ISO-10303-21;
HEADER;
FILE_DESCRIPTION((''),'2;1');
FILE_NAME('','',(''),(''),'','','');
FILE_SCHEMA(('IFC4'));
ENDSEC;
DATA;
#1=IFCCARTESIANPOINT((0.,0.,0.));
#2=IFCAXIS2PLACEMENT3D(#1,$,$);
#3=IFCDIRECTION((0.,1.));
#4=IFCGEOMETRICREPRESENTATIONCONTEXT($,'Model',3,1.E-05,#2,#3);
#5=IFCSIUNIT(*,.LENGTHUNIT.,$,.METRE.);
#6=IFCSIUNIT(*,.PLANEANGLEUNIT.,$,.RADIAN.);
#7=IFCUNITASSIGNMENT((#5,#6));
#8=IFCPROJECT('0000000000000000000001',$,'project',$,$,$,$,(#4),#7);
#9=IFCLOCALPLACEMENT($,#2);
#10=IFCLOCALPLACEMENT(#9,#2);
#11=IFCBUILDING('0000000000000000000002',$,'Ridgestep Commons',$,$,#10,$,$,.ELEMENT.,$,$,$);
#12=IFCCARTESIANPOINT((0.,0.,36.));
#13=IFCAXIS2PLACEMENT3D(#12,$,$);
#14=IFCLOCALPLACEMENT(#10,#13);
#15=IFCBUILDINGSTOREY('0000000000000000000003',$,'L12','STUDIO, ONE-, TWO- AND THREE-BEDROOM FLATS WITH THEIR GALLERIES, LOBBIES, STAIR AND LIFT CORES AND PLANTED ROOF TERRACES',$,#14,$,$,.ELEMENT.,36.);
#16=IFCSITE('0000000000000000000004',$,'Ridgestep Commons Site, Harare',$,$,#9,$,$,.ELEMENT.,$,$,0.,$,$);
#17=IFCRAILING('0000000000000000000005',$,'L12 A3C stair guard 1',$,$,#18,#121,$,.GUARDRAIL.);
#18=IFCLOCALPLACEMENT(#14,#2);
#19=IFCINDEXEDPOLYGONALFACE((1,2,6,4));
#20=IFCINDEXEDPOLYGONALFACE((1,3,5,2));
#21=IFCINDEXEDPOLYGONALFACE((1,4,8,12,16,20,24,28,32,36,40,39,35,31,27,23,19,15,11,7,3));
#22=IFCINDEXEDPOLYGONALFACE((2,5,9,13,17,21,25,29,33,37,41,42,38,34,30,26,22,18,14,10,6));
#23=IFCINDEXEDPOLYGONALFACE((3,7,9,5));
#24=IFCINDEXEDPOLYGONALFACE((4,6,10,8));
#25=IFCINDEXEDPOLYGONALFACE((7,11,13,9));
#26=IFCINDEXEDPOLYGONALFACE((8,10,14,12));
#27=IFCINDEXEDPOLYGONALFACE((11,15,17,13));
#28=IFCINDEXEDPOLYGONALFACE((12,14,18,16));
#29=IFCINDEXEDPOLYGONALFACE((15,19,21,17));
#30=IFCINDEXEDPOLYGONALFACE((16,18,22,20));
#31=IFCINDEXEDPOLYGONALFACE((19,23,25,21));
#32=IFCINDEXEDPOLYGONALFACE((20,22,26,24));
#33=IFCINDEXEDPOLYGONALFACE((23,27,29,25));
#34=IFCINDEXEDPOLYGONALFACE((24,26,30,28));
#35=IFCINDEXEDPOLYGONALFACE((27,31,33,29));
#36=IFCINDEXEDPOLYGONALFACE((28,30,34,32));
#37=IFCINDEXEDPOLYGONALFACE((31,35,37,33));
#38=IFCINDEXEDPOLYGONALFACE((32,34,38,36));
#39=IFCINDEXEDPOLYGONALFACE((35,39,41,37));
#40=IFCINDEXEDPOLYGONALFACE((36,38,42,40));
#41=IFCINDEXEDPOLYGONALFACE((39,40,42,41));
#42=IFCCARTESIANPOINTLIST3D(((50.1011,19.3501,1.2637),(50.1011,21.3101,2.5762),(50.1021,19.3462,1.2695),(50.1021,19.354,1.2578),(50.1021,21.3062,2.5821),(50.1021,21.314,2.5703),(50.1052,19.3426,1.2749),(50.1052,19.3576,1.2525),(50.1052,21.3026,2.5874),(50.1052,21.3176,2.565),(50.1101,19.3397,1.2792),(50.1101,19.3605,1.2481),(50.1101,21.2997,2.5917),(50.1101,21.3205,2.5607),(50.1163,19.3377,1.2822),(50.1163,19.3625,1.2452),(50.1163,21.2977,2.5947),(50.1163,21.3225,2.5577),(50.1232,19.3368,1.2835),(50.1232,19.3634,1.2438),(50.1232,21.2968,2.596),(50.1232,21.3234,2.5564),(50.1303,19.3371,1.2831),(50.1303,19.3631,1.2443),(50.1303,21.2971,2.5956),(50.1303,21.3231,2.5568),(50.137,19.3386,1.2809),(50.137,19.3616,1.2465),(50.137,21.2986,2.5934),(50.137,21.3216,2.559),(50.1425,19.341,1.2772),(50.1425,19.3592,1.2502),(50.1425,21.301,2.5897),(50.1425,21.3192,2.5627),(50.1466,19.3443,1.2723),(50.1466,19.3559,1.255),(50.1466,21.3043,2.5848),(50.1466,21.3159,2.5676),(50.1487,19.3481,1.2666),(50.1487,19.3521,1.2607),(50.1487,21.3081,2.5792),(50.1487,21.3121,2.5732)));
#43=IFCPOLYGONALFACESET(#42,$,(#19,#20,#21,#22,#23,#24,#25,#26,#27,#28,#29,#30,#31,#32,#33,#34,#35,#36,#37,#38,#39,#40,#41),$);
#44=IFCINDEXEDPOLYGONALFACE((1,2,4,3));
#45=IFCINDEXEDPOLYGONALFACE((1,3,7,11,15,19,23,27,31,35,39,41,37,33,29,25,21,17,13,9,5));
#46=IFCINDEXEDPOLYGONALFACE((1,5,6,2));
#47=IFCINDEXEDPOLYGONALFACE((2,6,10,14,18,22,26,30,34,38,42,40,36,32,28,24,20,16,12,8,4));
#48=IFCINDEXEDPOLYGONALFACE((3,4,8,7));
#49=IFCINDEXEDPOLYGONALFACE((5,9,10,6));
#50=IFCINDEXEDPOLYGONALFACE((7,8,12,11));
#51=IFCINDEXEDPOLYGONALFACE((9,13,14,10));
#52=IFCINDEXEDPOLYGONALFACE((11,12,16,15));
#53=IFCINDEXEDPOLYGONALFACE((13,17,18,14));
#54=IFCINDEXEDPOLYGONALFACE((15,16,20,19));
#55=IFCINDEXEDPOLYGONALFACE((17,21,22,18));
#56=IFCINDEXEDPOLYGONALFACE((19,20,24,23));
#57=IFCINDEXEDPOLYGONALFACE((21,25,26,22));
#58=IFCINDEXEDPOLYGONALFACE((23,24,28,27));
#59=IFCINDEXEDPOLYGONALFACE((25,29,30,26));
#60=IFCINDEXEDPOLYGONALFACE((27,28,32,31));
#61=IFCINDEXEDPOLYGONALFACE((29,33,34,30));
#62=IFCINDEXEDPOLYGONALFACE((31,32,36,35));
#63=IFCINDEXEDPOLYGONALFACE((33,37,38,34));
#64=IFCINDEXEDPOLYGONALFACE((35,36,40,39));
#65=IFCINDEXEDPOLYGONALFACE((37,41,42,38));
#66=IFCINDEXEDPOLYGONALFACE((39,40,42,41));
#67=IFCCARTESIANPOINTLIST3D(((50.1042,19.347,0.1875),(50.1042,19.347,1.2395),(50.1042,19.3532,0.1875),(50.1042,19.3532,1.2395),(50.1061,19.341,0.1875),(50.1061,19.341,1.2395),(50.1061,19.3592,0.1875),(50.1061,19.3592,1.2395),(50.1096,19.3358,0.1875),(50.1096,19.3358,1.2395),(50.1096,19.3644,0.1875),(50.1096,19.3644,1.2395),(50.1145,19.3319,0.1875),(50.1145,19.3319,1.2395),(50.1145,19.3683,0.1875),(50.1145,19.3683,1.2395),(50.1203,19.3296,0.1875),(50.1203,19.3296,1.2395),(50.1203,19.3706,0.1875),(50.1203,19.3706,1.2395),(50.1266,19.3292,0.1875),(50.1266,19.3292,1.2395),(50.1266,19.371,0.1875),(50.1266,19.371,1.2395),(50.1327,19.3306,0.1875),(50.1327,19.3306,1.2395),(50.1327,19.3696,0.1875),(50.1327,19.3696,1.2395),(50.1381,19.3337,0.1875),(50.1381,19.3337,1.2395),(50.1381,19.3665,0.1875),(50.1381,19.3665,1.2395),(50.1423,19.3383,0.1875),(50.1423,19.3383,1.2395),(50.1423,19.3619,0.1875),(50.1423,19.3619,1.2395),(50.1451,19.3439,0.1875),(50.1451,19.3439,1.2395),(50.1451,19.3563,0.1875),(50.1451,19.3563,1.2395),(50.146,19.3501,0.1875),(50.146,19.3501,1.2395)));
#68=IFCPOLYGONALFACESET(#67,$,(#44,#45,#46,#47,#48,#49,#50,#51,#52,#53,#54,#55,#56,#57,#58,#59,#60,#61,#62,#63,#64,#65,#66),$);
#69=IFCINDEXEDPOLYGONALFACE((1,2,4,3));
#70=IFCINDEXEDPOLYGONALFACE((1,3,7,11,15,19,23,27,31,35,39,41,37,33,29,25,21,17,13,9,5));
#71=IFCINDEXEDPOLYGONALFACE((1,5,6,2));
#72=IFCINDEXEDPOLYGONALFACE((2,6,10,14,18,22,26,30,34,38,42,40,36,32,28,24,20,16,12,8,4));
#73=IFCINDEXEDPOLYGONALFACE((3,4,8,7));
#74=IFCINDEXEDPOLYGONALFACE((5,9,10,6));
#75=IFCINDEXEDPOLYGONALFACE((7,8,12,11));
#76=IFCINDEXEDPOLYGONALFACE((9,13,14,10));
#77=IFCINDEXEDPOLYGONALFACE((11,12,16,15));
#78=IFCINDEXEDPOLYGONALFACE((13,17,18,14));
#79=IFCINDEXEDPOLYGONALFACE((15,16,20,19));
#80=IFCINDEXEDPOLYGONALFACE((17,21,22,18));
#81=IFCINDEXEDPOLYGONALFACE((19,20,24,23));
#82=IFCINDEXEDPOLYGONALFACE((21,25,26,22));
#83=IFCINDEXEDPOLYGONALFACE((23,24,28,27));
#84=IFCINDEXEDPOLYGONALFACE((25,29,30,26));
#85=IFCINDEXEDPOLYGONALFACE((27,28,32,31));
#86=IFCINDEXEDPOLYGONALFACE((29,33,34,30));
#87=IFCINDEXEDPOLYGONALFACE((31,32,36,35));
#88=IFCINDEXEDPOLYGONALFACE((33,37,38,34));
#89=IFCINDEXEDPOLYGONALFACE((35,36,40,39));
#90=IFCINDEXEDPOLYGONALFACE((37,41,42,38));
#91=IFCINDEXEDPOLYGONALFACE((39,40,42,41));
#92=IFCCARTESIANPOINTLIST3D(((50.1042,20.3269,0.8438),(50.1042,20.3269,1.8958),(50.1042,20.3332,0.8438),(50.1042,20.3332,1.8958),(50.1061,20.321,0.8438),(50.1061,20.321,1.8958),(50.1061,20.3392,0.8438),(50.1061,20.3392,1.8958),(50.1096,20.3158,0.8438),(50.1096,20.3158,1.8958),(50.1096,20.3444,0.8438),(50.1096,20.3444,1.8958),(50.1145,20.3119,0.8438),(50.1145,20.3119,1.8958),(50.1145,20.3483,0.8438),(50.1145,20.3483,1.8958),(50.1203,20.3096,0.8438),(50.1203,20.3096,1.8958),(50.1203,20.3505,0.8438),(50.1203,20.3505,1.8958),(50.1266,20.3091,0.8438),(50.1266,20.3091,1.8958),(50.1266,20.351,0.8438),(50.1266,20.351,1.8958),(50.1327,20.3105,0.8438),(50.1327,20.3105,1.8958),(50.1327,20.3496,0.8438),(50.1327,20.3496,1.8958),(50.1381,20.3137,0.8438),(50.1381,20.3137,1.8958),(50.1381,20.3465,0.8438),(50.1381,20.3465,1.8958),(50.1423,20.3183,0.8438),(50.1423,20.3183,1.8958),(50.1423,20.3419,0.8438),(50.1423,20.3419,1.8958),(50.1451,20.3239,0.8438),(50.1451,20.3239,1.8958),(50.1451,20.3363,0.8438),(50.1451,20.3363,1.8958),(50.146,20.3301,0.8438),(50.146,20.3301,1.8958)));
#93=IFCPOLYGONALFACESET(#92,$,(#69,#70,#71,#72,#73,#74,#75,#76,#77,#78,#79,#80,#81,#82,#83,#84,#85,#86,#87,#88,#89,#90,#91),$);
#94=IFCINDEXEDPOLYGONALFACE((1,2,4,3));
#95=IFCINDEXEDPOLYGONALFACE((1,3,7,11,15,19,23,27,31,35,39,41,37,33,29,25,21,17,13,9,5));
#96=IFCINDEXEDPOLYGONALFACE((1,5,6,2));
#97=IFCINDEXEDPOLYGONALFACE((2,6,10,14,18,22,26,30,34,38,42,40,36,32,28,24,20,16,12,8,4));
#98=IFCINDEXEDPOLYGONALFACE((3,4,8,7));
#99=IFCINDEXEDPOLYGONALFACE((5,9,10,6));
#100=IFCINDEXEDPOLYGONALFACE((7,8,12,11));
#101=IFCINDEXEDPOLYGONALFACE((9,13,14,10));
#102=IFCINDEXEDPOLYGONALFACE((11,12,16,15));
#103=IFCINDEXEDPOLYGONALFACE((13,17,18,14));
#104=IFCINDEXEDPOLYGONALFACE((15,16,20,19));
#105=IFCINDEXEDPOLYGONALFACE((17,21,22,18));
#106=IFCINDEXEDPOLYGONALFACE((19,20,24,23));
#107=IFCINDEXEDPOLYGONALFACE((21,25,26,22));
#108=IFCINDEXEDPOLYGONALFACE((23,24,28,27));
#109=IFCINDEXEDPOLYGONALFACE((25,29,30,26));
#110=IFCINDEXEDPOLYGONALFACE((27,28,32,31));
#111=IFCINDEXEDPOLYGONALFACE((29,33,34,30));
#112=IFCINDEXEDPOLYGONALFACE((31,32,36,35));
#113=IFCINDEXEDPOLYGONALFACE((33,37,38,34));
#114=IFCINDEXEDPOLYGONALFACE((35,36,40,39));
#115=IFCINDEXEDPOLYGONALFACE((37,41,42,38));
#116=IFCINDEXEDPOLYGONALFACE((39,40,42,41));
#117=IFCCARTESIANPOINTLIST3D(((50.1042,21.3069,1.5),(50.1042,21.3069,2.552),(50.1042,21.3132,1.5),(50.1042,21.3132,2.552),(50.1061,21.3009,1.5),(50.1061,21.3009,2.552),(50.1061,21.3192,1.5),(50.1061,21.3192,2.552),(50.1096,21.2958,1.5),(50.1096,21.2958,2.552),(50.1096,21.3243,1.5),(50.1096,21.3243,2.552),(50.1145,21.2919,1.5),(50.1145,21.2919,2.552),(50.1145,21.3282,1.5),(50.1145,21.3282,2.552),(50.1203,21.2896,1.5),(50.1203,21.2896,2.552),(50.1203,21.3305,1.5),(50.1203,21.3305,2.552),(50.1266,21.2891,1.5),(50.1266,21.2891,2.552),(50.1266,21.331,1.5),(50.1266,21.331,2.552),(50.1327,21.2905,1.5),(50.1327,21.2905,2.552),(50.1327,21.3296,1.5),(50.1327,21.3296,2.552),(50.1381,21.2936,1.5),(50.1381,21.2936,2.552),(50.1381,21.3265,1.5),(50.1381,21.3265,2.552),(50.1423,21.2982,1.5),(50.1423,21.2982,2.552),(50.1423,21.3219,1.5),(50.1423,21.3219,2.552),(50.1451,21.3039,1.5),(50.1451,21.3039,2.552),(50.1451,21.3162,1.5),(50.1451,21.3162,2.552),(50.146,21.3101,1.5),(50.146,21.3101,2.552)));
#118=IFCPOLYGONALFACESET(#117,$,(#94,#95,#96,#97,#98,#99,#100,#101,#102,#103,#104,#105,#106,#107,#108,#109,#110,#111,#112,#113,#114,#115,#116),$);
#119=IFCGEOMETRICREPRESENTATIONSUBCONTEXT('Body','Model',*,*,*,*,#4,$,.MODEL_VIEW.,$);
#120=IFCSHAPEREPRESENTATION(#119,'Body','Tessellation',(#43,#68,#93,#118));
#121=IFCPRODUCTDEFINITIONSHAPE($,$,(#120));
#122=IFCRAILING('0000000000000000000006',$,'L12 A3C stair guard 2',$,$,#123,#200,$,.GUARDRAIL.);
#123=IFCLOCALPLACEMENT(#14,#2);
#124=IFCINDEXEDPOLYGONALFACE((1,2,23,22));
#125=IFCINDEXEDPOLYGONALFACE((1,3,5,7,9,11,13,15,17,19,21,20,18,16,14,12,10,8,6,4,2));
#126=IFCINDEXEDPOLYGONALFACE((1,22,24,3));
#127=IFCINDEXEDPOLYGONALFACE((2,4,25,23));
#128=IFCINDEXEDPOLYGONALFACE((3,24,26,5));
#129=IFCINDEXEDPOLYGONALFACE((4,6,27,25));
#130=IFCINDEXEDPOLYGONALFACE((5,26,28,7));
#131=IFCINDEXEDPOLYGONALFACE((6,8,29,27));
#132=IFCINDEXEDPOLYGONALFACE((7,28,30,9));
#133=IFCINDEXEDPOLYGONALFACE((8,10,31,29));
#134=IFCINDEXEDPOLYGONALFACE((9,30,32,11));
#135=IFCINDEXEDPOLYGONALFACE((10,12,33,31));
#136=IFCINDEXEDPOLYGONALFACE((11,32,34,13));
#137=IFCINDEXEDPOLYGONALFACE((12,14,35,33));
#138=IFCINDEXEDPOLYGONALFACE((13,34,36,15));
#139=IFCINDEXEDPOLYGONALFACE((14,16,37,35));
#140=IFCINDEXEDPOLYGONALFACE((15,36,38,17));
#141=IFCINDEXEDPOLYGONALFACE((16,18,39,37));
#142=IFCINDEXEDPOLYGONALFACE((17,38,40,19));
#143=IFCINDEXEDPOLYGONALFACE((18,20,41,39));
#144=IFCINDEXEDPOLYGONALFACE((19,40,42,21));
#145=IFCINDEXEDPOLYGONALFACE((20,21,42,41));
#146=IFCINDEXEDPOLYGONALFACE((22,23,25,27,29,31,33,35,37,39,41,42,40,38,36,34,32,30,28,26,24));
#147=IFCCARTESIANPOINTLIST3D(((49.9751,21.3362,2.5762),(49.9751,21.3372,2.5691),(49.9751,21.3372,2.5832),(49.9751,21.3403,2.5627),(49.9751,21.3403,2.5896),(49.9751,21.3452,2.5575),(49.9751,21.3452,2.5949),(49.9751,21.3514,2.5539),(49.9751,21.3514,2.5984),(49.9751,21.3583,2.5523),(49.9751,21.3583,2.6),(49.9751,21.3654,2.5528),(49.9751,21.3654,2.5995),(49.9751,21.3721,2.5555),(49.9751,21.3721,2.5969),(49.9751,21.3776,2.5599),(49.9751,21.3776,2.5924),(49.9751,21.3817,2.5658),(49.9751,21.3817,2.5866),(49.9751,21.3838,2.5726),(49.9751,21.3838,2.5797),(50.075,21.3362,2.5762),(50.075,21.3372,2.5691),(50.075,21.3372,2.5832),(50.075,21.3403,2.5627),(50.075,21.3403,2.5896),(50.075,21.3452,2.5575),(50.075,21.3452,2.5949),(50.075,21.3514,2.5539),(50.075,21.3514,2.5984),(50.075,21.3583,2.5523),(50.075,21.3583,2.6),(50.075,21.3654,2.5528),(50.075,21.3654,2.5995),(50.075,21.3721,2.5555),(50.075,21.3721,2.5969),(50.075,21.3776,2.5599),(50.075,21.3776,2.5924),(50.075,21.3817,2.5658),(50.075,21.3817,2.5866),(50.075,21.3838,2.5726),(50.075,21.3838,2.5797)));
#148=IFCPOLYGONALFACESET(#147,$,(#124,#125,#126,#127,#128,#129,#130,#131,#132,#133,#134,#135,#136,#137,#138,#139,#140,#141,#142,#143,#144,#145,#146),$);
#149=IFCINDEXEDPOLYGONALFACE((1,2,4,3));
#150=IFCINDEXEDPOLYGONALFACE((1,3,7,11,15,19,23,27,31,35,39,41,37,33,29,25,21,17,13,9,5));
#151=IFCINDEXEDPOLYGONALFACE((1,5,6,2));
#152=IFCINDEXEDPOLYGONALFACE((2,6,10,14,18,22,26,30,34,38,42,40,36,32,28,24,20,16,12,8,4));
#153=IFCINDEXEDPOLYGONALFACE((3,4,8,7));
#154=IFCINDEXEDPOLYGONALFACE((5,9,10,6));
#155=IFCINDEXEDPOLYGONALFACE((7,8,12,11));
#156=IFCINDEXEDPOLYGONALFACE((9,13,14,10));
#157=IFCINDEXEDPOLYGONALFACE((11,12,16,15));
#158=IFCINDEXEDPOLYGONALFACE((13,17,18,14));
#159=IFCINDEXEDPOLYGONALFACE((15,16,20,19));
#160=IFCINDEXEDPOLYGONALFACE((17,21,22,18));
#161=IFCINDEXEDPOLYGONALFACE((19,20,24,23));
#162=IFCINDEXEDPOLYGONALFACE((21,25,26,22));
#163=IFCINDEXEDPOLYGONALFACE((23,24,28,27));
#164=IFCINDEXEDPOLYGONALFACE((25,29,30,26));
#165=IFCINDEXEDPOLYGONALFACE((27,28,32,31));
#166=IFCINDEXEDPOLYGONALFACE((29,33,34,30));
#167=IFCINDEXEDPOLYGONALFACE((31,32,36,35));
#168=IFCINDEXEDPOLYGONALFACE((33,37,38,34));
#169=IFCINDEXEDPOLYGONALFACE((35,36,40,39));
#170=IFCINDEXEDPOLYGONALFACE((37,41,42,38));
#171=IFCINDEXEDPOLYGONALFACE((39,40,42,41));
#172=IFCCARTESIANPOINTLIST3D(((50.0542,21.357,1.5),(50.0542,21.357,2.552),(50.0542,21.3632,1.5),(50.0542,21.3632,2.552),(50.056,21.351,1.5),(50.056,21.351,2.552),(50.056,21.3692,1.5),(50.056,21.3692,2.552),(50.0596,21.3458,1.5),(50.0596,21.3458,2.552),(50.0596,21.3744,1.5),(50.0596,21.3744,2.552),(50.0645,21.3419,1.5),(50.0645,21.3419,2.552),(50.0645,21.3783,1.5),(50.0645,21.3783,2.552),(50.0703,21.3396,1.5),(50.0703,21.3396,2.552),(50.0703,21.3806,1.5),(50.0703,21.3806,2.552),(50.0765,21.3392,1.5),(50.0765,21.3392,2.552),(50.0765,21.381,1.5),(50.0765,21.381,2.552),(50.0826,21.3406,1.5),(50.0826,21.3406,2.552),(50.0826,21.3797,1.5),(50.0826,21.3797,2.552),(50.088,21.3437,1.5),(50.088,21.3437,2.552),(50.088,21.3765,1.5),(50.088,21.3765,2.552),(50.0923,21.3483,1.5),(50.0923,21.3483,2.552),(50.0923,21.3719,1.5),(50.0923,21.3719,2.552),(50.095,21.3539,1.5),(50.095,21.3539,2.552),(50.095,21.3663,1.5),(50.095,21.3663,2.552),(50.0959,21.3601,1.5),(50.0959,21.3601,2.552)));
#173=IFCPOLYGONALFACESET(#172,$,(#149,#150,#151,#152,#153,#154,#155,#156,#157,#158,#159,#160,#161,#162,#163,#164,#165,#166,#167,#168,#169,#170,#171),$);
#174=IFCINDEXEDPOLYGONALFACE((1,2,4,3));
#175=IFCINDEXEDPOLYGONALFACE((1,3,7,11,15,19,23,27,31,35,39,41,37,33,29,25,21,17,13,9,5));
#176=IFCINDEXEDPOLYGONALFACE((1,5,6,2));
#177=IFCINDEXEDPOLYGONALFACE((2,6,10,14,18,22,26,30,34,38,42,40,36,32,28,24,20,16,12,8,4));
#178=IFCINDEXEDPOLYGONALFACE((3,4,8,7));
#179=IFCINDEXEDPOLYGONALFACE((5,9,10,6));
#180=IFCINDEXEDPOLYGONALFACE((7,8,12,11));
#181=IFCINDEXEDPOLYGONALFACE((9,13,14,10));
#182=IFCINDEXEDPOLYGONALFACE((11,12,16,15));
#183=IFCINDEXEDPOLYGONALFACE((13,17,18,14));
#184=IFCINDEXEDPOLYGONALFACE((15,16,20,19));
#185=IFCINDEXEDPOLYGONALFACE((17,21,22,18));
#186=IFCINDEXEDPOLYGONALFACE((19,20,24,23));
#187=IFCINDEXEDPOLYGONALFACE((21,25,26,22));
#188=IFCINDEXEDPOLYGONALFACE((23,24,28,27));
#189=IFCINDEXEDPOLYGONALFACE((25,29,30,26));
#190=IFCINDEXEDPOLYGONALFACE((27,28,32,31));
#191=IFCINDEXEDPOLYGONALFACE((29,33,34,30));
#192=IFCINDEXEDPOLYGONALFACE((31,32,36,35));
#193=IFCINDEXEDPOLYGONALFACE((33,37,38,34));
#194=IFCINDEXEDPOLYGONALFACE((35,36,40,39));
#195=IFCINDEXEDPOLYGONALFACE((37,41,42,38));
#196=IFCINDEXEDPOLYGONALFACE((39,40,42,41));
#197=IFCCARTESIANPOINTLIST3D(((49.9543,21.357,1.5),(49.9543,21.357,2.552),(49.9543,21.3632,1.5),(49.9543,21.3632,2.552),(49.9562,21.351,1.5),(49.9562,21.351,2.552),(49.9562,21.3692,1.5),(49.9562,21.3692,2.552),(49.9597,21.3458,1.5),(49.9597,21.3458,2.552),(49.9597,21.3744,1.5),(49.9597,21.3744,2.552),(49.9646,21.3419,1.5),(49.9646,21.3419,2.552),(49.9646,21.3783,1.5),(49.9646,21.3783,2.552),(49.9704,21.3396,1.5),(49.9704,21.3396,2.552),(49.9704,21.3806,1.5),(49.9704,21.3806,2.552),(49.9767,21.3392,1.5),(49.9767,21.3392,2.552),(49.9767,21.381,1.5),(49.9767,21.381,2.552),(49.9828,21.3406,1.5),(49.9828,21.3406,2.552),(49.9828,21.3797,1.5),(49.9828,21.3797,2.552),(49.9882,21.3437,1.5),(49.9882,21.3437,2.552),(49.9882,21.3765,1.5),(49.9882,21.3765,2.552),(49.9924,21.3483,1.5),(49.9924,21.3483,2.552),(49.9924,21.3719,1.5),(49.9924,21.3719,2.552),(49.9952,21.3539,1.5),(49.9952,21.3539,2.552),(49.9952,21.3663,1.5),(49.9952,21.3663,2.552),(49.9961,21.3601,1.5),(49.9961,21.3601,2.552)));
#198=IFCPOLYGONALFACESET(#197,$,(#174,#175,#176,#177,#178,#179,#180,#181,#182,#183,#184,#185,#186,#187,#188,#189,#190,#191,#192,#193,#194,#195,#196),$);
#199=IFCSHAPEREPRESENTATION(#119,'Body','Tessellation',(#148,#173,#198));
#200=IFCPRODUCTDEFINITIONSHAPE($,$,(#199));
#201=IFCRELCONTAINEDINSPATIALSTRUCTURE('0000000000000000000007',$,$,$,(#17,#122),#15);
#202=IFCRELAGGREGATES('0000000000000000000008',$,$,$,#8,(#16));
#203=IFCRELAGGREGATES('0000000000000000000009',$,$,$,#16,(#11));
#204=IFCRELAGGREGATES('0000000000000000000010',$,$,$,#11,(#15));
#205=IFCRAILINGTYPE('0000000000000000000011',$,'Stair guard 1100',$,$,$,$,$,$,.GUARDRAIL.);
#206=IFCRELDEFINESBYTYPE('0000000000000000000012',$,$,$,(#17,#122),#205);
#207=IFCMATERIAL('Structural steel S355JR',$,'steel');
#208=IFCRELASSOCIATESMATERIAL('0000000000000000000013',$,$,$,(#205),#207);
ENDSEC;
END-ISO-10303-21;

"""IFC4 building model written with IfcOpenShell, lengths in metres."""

from ifc_helpers import new_model, si_unit, direction, frame, origin, origin_2d, place, context, subcontext, project, spatial, circle, extrude, material, type_object, element, save


model = new_model("IFC4")

# Units and contexts
model_context = context("Model", 3, precision=1e-05, world=origin(), true_north=direction((0.0, 1.0)))
body_context = subcontext(model_context, "Body", "Model", "MODEL_VIEW")
ifc_project = project(units=[si_unit("LENGTHUNIT", "METRE"), si_unit("PLANEANGLEUNIT", "RADIAN")], contexts=[model_context])

# Site, building, storey
site_placement = place(None, origin())
site = spatial("IfcSite", under=ifc_project, at=site_placement, Name="Ridgestep Commons Site, Harare", CompositionType="ELEMENT", RefElevation=0.0)
building_placement = place(site_placement, origin())
building = spatial("IfcBuilding", under=site, at=building_placement, Name="Ridgestep Commons", CompositionType="ELEMENT")
storey_placement = place(building_placement, frame((0.0, 0.0, 36.0)))
storey = spatial("IfcBuildingStorey", under=building, at=storey_placement, Name="L12", Description="STUDIO, ONE-, TWO- AND THREE-BEDROOM FLATS WITH THEIR GALLERIES, LOBBIES, STAIR AND LIFT CORES AND PLANTED ROOF TERRACES", CompositionType="ELEMENT", Elevation=36.0)

# Railings
ifc_material_1 = material(Name="Structural steel S355JR", Category="steel")
railing_type_1 = type_object("IfcRailingType", Name="Stair guard 1100", PredefinedType="GUARDRAIL", material=ifc_material_1)
railing_1_placement = place(storey_placement, frame((50.125, 19.3501, 0.1875)))
element("IfcRailing", 1, at=railing_1_placement, inside=storey, type_object=railing_type_1, Name="L12 A3C stair guard 1", PredefinedType="GUARDRAIL", context=body_context, shape_type="SweptSolid", body=[
    extrude(circle(Radius=0.0239, at=origin_2d()), frame((0.0, 0.0, 1.0762), z_axis=(0.0, 0.830902, 0.556419), x_axis=(-1.0, 0.0, 0.0)), (0.0, 0.0, 1.0), 2.3589),
    extrude(circle(Radius=0.021, at=origin_2d()), origin(), (0.0, 0.0, 1.0), 1.052),
    extrude(circle(Radius=0.021, at=origin_2d()), frame((0.0, 0.98, 0.6562)), (0.0, 0.0, 1.0), 1.052),
    extrude(circle(Radius=0.021, at=origin_2d()), frame((0.0, 1.96, 1.3125)), (0.0, 0.0, 1.0), 1.052),
])
railing_2_placement = place(storey_placement, frame((50.075, 21.3601, 1.5)))
element("IfcRailing", 2, at=railing_2_placement, inside=storey, type_object=railing_type_1, Name="L12 A3C stair guard 2", PredefinedType="GUARDRAIL", context=body_context, shape_type="SweptSolid", body=[
    extrude(circle(Radius=0.0239, at=origin_2d()), frame((0.0, 0.0, 1.0762), z_axis=(-1.0, 0.0, 0.0), x_axis=(0.0, -1.0, 0.0)), (0.0, 0.0, 1.0), 0.0999),
    extrude(circle(Radius=0.021, at=origin_2d()), origin(), (0.0, 0.0, 1.0), 1.052),
    extrude(circle(Radius=0.021, at=origin_2d()), frame((-0.0999, 0.0, 0.0)), (0.0, 0.0, 1.0), 1.052),
])

save(model, "model.ifc")
